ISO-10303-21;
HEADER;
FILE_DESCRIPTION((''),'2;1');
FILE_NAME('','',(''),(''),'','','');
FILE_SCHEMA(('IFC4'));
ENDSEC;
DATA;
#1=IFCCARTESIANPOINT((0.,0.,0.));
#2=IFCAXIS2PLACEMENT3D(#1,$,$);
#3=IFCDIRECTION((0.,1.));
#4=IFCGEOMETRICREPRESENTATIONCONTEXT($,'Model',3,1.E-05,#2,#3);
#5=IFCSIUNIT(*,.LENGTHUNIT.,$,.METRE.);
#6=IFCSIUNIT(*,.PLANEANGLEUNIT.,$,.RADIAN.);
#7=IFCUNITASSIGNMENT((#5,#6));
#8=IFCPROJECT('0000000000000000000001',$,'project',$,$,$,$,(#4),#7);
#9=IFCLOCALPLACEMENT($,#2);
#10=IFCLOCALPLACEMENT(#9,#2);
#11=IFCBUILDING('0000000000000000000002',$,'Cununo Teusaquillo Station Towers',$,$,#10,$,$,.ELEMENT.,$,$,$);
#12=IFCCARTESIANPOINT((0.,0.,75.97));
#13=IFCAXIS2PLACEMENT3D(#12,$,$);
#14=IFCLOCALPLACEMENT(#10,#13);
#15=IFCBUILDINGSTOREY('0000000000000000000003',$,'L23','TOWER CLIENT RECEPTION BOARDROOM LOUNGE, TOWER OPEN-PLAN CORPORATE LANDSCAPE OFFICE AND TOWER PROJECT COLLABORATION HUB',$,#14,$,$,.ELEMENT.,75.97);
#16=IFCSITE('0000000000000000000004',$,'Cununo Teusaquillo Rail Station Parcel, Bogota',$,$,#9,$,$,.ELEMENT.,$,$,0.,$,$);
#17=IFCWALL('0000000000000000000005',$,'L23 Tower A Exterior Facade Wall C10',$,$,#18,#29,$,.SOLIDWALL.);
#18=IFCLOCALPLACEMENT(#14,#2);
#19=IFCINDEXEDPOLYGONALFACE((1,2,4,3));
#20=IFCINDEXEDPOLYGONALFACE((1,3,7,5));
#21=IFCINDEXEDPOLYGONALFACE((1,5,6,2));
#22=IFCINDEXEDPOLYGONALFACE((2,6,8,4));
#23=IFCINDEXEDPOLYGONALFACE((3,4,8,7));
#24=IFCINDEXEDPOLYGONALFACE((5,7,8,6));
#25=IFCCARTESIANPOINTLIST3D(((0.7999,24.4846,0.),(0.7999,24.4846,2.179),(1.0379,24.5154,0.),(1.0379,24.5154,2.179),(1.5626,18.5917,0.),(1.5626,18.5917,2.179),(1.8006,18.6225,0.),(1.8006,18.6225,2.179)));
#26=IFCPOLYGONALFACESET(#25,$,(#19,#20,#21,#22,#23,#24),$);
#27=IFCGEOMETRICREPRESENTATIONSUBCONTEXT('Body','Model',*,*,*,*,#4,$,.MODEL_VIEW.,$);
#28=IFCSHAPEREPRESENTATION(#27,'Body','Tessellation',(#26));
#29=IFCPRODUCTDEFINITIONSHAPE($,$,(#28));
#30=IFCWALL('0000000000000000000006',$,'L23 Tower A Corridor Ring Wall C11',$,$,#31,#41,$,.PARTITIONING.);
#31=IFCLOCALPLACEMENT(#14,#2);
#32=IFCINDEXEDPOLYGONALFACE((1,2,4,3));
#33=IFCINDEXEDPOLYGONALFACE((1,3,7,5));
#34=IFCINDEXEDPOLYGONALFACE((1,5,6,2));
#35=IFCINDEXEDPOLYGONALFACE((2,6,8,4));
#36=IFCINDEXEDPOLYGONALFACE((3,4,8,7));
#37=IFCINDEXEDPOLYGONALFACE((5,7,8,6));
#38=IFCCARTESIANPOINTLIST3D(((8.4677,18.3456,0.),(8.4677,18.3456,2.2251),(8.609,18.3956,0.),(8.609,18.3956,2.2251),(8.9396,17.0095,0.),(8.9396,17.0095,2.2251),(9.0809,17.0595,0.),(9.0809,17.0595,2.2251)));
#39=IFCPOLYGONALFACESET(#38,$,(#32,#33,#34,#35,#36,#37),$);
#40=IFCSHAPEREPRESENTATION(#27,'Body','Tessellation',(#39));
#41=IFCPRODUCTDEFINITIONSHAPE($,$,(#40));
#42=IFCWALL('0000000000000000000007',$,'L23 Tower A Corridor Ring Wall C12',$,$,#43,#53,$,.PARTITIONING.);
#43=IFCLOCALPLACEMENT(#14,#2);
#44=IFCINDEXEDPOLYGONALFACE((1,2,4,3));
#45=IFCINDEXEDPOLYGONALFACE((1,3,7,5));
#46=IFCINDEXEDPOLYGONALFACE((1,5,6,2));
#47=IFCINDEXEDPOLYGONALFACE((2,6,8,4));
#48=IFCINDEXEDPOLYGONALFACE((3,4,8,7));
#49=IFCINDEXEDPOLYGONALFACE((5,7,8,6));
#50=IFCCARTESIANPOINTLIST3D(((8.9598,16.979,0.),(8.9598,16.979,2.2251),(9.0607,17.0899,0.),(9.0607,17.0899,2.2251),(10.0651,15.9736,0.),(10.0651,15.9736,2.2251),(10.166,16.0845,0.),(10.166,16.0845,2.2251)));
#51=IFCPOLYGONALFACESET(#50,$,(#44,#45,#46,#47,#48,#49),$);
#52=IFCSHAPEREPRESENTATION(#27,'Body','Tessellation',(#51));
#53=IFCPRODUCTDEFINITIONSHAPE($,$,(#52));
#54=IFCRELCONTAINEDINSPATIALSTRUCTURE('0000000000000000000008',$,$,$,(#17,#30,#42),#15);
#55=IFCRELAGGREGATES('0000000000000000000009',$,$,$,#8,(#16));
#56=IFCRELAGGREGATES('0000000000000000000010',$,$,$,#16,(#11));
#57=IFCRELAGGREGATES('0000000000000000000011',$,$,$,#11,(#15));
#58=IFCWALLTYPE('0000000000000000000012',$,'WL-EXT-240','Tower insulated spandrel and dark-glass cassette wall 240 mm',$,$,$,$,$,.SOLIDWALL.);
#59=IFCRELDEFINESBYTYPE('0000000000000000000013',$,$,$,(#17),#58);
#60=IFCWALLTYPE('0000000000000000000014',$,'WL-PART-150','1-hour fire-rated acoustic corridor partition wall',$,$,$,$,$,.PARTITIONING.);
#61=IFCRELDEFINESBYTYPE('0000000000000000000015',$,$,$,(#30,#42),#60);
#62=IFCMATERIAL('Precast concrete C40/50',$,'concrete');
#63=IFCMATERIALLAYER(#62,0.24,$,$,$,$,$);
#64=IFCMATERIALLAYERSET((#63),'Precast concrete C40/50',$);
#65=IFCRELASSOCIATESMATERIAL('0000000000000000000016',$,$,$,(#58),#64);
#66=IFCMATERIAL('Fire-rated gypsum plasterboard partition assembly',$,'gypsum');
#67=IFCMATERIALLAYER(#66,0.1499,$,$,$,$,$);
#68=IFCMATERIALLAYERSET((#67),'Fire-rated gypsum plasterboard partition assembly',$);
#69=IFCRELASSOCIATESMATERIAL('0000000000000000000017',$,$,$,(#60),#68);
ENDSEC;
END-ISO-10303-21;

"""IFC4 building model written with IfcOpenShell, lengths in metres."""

from ifc_helpers import new_model, si_unit, direction, frame, frame_2d, origin, place, context, subcontext, project, spatial, rectangle, extrude, material, layer, layer_set, type_object, element, save


model = new_model("IFC4")

# Units and contexts
model_context = context("Model", 3, precision=1e-05, world=origin(), true_north=direction((0.0, 1.0)))
body_context = subcontext(model_context, "Body", "Model", "MODEL_VIEW")
ifc_project = project(units=[si_unit("LENGTHUNIT", "METRE"), si_unit("PLANEANGLEUNIT", "RADIAN")], contexts=[model_context])

# Site, building, storey
site_placement = place(None, origin())
site = spatial("IfcSite", under=ifc_project, at=site_placement, Name="Cununo Teusaquillo Rail Station Parcel, Bogota", CompositionType="ELEMENT", RefElevation=0.0)
building_placement = place(site_placement, origin())
building = spatial("IfcBuilding", under=site, at=building_placement, Name="Cununo Teusaquillo Station Towers", CompositionType="ELEMENT")
storey_placement = place(building_placement, frame((0.0, 0.0, 75.97)))
storey = spatial("IfcBuildingStorey", under=building, at=storey_placement, Name="L23", Description="TOWER CLIENT RECEPTION BOARDROOM LOUNGE, TOWER OPEN-PLAN CORPORATE LANDSCAPE OFFICE AND TOWER PROJECT COLLABORATION HUB", CompositionType="ELEMENT", Elevation=75.97)

# Shared definitions
ifc_material_1 = material(Name="Precast concrete C40/50", Category="concrete")
ifc_layer_1 = layer(ifc_material_1, 0.24)
ifc_layer_set_1 = layer_set([ifc_layer_1], Name="Precast concrete C40/50")
wall_type_1 = type_object("IfcWallType", Name="WL-EXT-240", Description="Tower insulated spandrel and dark-glass cassette wall 240 mm", PredefinedType="SOLIDWALL", material=ifc_layer_set_1)

# Walls
wall_1_placement = place(storey_placement, frame((1.6816, 18.6069, 0.0), z_axis=(0.0, 0.0, 1.0), x_axis=(-0.128352, 0.991729, 0.0)))
element("IfcWall", 1, at=wall_1_placement, inside=storey, type_object=wall_type_1, Name="L23 Tower A Exterior Facade Wall C10", PredefinedType="SOLIDWALL", context=body_context, shape_type="SweptSolid", body=[
    extrude(rectangle(XDim=5.9421, YDim=0.24, at=frame_2d((2.9712, 0.0))), origin(), (0.0, 0.0, 1.0), 2.179),
])
ifc_material_2 = material(Name="Fire-rated gypsum plasterboard partition assembly", Category="gypsum")
ifc_layer_2 = layer(ifc_material_2, 0.1499)
ifc_layer_set_2 = layer_set([ifc_layer_2], Name="Fire-rated gypsum plasterboard partition assembly")
wall_type_2 = type_object("IfcWallType", Name="WL-PART-150", Description="1-hour fire-rated acoustic corridor partition wall", PredefinedType="PARTITIONING", material=ifc_layer_set_2)
wall_2_placement = place(storey_placement, frame((8.5383, 18.3706, 0.0), z_axis=(0.0, 0.0, 1.0), x_axis=(0.333027, -0.942917, 0.0)))
element("IfcWall", 2, at=wall_2_placement, inside=storey, type_object=wall_type_2, Name="L23 Tower A Corridor Ring Wall C11", PredefinedType="PARTITIONING", context=body_context, shape_type="SweptSolid", body=[
    extrude(rectangle(XDim=1.417, YDim=0.1499, at=frame_2d((0.7085, 0.0))), origin(), (0.0, 0.0, 1.0), 2.2251),
])
wall_3_placement = place(storey_placement, frame((9.0103, 17.0344, 0.0), z_axis=(0.0, 0.0, 1.0), x_axis=(0.739733, -0.6729, 0.0)))
element("IfcWall", 3, at=wall_3_placement, inside=storey, type_object=wall_type_2, Name="L23 Tower A Corridor Ring Wall C12", PredefinedType="PARTITIONING", context=body_context, shape_type="SweptSolid", body=[
    extrude(rectangle(XDim=1.4941, YDim=0.1499, at=frame_2d((0.7471, 0.0))), origin(), (0.0, 0.0, 1.0), 2.2251),
])

save(model, "model.ifc")
